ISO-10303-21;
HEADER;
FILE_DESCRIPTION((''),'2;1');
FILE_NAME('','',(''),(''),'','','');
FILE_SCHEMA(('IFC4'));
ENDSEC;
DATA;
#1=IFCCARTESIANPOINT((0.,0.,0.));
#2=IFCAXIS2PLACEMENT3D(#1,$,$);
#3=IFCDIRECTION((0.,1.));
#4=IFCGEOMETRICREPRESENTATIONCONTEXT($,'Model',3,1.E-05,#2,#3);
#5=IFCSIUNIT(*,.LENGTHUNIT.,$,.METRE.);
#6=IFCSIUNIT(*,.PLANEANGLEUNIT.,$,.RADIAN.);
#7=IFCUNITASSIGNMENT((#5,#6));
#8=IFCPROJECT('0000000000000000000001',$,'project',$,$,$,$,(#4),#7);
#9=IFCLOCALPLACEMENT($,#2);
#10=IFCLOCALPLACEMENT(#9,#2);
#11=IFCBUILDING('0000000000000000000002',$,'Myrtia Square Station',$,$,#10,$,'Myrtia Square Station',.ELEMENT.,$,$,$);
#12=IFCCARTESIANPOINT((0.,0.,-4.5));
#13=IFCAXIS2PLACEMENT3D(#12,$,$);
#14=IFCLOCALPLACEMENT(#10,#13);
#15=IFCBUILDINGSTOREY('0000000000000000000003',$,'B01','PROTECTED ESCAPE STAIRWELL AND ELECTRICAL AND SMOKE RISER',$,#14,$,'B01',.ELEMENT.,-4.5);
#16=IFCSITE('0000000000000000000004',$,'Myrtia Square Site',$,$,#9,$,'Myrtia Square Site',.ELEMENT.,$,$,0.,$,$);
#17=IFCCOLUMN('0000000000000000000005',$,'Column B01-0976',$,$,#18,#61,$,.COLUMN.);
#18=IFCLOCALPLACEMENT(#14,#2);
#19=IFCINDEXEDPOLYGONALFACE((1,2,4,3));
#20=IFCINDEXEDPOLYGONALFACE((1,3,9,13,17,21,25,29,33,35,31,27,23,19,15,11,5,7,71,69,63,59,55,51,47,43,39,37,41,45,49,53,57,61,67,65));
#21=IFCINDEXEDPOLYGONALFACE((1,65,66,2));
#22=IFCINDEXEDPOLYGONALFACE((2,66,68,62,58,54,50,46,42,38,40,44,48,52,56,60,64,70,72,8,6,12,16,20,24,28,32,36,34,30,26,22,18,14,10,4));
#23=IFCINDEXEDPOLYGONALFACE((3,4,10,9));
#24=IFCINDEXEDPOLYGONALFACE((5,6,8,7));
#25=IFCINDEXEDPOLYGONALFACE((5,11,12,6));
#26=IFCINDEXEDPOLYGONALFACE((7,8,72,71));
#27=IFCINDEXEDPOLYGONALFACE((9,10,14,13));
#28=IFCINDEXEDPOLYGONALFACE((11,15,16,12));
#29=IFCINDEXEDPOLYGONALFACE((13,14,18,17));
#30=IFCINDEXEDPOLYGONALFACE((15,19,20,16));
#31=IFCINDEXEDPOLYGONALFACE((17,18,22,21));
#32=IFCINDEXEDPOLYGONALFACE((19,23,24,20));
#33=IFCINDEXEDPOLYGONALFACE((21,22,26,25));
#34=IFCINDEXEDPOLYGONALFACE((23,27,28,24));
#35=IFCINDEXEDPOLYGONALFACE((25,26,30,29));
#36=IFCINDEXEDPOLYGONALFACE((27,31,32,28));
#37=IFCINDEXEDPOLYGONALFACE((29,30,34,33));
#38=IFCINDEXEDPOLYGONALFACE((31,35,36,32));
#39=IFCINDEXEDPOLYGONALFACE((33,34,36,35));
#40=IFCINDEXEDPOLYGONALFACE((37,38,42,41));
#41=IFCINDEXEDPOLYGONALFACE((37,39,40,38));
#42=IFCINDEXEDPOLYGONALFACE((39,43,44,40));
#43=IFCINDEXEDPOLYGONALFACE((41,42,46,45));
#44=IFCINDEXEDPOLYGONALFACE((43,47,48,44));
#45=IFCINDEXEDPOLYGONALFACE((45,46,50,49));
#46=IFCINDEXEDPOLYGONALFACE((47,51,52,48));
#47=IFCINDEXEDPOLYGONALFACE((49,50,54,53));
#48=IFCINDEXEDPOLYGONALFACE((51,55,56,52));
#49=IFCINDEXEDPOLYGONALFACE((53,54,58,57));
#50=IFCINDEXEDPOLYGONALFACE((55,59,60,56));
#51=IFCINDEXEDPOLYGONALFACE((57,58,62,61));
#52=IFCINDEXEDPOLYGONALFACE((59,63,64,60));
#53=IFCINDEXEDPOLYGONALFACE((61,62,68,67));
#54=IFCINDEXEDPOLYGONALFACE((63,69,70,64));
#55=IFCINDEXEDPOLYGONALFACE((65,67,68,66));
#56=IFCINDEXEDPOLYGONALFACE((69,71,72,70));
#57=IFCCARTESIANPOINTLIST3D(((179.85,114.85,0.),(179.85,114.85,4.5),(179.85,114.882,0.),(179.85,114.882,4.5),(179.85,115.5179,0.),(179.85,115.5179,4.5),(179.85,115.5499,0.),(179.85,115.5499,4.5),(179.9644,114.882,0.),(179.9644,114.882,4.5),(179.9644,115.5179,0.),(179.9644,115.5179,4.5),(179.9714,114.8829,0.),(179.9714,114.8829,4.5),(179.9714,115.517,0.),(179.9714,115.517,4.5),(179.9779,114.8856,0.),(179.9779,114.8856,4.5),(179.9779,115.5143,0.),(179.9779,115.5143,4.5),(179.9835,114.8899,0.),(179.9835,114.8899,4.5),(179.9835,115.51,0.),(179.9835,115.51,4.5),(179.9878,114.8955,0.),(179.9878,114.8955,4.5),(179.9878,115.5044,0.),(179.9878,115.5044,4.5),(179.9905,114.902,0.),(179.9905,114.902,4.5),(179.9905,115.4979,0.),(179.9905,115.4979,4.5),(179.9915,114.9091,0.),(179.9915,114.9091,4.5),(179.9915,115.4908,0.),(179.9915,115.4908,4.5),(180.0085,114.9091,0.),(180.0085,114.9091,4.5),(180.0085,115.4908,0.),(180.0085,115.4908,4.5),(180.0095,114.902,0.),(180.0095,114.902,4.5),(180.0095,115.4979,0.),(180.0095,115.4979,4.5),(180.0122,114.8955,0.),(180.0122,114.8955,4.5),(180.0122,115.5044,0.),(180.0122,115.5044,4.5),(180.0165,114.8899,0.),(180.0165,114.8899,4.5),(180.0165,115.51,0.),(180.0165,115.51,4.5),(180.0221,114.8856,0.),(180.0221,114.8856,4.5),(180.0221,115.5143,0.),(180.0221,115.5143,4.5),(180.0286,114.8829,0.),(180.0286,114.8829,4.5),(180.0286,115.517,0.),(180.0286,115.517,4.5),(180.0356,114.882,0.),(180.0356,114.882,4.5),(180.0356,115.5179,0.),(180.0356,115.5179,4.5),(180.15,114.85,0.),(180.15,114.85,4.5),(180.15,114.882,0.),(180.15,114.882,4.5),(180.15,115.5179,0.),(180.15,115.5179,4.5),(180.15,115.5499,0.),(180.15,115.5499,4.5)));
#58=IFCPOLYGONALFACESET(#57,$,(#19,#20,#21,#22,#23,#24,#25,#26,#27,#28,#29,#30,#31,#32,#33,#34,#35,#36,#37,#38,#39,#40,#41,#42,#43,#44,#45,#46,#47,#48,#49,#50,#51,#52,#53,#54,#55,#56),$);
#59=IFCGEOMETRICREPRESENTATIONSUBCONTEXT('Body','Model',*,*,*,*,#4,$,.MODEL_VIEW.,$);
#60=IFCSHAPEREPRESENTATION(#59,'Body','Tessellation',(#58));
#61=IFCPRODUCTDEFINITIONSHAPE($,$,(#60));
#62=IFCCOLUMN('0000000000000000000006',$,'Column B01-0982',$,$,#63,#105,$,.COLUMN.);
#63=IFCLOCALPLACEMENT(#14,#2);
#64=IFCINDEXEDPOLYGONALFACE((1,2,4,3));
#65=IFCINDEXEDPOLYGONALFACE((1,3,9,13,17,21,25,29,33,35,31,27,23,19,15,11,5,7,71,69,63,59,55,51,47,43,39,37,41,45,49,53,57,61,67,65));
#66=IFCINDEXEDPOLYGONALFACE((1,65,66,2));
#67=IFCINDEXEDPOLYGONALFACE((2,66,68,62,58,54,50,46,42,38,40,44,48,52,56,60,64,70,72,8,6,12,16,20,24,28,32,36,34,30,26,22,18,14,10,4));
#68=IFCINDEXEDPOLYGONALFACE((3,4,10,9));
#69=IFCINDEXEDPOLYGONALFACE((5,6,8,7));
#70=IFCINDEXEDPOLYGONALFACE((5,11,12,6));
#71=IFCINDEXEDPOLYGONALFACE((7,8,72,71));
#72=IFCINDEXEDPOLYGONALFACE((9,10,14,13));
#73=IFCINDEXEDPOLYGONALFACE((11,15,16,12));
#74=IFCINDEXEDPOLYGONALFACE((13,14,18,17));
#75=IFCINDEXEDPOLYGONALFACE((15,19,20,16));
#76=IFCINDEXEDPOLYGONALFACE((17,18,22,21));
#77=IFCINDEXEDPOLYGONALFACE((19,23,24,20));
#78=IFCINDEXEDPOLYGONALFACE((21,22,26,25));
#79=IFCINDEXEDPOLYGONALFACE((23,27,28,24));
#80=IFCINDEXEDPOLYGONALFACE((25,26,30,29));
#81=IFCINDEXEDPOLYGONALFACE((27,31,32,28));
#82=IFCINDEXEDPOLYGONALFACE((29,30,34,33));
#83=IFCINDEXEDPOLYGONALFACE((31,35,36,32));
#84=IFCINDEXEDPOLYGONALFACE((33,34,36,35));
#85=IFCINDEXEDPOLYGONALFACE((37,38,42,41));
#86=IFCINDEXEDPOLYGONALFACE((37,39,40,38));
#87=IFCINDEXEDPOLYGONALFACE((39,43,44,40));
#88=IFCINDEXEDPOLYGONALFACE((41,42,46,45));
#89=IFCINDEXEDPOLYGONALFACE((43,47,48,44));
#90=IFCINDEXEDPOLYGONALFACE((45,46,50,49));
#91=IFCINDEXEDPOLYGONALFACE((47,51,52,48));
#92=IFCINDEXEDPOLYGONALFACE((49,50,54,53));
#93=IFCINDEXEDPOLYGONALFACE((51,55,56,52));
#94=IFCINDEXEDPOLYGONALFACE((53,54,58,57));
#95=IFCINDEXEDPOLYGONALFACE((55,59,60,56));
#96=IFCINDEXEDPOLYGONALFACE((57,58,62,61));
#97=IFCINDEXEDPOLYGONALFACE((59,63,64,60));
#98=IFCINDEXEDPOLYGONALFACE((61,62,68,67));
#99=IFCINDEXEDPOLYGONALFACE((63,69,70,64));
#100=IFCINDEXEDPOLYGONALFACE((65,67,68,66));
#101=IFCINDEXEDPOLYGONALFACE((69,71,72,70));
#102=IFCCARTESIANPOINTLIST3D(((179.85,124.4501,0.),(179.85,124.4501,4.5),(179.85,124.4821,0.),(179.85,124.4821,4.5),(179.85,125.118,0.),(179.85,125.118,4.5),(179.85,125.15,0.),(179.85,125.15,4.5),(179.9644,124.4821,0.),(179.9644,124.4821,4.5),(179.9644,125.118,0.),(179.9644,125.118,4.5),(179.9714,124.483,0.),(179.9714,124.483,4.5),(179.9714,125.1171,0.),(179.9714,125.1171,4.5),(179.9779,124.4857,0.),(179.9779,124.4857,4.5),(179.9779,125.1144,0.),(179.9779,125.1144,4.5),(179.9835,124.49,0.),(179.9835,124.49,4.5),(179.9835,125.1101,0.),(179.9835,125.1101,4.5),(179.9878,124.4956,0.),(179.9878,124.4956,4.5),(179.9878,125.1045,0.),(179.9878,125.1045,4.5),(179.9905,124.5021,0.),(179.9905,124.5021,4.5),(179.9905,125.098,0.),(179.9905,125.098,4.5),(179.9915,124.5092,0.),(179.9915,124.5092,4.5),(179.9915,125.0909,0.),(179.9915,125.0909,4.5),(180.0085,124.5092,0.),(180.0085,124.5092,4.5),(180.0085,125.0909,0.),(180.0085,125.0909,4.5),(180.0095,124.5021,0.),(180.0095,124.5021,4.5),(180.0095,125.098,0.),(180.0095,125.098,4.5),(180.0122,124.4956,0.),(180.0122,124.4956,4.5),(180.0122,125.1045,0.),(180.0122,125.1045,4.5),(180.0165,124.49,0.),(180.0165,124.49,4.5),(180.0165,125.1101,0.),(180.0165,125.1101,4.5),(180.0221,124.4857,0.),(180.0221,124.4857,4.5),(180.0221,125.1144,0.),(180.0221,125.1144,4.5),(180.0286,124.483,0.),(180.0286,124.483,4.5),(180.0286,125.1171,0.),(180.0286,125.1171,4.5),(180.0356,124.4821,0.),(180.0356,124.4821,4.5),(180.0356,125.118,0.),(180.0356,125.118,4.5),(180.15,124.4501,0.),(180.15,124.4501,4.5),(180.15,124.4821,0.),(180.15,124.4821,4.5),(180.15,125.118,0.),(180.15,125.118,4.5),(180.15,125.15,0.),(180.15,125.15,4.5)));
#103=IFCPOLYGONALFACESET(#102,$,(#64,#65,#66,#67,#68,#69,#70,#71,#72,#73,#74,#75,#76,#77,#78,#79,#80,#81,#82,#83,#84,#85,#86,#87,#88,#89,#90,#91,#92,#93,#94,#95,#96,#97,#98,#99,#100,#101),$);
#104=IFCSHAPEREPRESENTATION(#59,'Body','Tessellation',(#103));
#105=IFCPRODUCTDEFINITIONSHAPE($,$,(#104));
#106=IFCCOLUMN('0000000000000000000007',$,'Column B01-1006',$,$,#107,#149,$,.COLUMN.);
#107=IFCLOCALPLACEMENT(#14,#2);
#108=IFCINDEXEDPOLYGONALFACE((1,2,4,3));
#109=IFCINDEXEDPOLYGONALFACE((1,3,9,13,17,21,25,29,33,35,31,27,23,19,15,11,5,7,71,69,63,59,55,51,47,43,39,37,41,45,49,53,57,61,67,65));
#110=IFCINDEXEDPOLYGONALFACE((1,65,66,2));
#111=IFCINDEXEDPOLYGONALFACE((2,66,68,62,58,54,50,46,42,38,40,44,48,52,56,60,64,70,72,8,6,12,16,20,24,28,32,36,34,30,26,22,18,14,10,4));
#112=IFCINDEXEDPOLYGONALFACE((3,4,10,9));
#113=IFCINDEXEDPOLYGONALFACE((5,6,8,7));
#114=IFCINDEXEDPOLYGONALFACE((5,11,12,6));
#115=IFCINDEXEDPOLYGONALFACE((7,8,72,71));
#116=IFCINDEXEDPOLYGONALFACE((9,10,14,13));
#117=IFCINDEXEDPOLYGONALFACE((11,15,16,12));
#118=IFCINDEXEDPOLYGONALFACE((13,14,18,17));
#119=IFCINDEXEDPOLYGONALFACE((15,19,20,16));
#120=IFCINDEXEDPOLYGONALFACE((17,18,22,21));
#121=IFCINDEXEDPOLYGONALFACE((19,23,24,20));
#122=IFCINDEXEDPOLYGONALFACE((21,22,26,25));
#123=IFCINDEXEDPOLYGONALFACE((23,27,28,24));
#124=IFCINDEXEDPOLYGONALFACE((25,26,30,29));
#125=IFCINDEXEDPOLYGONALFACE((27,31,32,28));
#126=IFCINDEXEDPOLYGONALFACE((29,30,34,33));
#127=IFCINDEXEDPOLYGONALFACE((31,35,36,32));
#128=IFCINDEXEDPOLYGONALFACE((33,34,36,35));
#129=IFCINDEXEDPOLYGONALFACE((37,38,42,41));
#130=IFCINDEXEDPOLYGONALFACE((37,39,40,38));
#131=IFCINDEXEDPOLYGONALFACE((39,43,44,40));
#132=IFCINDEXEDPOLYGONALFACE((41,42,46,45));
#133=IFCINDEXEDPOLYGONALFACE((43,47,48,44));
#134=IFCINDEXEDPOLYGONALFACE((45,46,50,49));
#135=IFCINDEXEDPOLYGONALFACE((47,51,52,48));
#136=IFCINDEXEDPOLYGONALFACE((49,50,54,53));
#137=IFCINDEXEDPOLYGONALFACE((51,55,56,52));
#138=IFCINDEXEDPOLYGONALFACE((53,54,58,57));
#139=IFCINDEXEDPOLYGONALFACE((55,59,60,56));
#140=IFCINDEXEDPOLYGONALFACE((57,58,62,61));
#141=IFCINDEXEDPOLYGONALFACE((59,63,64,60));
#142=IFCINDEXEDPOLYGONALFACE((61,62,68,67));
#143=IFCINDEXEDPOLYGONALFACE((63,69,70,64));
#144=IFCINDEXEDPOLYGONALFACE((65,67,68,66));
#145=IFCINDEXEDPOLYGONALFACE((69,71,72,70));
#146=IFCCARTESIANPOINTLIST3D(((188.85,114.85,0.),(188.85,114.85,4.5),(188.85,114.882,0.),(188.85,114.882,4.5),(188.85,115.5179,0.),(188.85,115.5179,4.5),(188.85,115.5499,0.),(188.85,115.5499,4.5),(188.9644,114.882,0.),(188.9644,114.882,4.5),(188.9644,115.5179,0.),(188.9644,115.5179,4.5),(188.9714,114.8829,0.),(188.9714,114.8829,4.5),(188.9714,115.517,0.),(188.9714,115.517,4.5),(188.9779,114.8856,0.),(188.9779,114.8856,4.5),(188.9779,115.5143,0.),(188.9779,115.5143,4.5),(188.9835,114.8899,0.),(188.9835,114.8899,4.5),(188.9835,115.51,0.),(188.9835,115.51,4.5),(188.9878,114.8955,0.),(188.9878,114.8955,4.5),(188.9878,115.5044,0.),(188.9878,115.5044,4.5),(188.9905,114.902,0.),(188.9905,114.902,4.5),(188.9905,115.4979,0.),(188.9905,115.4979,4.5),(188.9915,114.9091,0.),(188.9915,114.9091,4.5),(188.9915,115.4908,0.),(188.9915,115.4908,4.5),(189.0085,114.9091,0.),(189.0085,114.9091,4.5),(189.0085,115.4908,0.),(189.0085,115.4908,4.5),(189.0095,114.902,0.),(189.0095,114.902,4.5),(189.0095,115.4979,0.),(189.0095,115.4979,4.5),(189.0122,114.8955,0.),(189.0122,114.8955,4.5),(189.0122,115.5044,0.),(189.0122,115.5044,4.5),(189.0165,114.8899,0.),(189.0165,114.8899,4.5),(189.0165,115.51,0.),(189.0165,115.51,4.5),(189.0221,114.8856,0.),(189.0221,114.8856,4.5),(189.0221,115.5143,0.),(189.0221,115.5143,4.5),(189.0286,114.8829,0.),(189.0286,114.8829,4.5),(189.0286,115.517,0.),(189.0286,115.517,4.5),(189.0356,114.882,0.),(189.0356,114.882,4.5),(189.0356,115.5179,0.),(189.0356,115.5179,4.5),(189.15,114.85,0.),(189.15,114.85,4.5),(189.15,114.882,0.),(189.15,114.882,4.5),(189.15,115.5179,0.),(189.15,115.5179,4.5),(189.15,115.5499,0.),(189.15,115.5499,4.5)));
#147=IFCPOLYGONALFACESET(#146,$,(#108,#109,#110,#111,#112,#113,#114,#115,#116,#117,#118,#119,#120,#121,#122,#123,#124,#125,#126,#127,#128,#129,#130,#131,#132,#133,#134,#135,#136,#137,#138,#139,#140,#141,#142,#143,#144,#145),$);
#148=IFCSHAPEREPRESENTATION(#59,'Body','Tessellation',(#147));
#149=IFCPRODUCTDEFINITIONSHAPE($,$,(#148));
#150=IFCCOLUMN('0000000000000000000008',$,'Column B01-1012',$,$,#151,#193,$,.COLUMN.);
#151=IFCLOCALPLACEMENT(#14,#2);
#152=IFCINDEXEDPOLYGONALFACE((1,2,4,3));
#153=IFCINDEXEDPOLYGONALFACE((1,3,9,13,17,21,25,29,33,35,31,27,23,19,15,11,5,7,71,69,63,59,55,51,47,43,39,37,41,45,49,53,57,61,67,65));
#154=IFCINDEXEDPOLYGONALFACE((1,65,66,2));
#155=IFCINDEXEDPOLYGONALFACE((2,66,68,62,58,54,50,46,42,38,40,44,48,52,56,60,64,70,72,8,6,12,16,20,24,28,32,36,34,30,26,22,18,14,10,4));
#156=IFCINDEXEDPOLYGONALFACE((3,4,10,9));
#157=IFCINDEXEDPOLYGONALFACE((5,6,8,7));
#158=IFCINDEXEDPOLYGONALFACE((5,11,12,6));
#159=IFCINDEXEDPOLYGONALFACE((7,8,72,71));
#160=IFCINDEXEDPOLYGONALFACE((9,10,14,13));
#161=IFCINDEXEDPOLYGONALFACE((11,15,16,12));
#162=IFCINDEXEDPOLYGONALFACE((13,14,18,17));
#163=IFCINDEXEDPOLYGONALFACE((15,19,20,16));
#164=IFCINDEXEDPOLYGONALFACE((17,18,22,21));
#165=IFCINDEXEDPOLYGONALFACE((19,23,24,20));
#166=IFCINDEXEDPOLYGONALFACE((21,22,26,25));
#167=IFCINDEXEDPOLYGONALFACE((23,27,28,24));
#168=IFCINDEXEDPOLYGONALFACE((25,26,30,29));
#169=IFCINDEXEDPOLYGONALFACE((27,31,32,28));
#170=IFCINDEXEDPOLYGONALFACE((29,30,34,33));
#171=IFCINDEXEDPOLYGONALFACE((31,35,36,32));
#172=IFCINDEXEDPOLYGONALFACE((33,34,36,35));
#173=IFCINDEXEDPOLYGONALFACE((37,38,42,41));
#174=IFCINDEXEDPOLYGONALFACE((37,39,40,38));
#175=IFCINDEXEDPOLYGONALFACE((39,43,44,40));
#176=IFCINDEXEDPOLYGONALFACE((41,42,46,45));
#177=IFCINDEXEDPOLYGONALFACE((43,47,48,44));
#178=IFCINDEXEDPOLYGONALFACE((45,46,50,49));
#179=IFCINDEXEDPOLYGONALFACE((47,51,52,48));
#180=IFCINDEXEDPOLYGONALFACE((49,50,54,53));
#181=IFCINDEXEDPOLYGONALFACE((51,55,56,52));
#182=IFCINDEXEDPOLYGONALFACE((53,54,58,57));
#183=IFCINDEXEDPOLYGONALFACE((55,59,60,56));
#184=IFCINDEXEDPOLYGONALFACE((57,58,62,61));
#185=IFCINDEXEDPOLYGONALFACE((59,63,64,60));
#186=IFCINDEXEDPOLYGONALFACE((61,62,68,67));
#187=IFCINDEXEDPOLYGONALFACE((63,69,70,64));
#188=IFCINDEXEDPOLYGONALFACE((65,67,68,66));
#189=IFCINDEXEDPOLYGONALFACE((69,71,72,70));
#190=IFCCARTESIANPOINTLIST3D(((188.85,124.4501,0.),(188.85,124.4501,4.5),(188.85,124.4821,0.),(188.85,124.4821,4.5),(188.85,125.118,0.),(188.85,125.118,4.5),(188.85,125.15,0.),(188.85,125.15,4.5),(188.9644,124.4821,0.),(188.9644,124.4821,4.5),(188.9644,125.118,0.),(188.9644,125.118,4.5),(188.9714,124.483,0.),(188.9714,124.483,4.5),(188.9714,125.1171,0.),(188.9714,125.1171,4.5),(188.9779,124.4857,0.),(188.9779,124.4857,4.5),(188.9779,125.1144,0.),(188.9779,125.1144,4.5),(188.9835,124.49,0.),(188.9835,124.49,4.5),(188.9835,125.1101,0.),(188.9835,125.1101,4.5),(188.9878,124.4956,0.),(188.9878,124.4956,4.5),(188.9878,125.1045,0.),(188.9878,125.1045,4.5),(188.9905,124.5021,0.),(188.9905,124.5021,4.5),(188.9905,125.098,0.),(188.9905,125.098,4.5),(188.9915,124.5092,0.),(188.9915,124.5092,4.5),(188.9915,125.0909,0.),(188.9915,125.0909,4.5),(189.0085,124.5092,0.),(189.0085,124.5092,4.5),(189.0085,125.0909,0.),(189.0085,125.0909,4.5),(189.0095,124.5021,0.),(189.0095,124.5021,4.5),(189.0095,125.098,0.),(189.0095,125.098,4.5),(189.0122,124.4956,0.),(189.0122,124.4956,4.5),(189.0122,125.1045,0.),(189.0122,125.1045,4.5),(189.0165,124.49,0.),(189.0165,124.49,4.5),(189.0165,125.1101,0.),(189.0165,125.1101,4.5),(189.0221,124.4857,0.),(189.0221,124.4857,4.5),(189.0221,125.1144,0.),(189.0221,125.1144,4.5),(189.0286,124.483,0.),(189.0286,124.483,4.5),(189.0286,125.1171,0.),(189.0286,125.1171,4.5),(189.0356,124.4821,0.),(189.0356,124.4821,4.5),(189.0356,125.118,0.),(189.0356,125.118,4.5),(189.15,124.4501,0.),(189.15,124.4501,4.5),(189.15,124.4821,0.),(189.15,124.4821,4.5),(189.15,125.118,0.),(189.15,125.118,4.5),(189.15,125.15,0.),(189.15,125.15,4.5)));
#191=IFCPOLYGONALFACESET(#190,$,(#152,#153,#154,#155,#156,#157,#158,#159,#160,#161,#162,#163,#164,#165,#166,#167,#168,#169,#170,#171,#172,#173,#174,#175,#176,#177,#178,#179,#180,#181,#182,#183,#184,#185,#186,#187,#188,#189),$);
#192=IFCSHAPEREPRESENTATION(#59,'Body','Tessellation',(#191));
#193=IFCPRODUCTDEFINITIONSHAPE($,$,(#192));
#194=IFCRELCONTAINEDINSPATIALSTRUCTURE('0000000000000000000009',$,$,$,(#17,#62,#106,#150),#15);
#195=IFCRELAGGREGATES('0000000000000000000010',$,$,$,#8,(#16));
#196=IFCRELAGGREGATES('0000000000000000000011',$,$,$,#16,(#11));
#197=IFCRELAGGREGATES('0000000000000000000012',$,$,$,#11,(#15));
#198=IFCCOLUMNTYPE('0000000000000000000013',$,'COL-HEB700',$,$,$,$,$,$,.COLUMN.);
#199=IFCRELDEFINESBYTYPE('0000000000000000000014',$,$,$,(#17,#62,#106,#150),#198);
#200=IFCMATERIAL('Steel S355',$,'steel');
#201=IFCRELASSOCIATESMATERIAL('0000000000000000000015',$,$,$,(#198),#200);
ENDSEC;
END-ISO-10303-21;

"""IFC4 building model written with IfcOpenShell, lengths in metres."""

from ifc_helpers import new_model, si_unit, direction, frame, origin, origin_2d, place, context, subcontext, project, spatial, i_section, extrude, material, material_profile, profile_set, type_object, element, save


model = new_model("IFC4")

# Units and contexts
model_context = context("Model", 3, precision=1e-05, world=origin(), true_north=direction((0.0, 1.0)))
body_context = subcontext(model_context, "Body", "Model", "MODEL_VIEW")
ifc_project = project(units=[si_unit("LENGTHUNIT", "METRE"), si_unit("PLANEANGLEUNIT", "RADIAN")], contexts=[model_context])

# Site, building, storey
site_placement = place(None, origin())
site = spatial("IfcSite", under=ifc_project, at=site_placement, Name="Myrtia Square Site", LongName="Myrtia Square Site", CompositionType="ELEMENT", RefElevation=0.0)
building_placement = place(site_placement, origin())
building = spatial("IfcBuilding", under=site, at=building_placement, Name="Myrtia Square Station", LongName="Myrtia Square Station", CompositionType="ELEMENT")
storey_placement = place(building_placement, frame((0.0, 0.0, -4.5)))
storey = spatial("IfcBuildingStorey", under=building, at=storey_placement, Name="B01", Description="PROTECTED ESCAPE STAIRWELL AND ELECTRICAL AND SMOKE RISER", LongName="B01", CompositionType="ELEMENT", Elevation=-4.5)

# Columns
ifc_material_1 = material(Name="Steel S355", Category="steel")
ifc_material_profile_1 = material_profile(ifc_material_1, i_section(OverallWidth=0.3, OverallDepth=0.7, WebThickness=0.0171, FlangeThickness=0.032, FilletRadius=0.0271, at=origin_2d()), Name="HEB 700")
ifc_profile_set_1 = profile_set([ifc_material_profile_1], Name="Steel S355")
column_type = type_object("IfcColumnType", Name="COL-HEB700", PredefinedType="COLUMN", material=ifc_profile_set_1)
for number, where, z_axis, x_axis, name in (
    (1, (180.0, 115.2, 0.0), (0.0, 0.0, 1.0), (1.0, 0.0, 0.0), "Column B01-0976"),
    (2, (180.0, 124.8, 0.0), (0.0, 0.0, 1.0), (1.0, 0.0, 0.0), "Column B01-0982"),
    (3, (189.0, 115.2, 0.0), (0.0, 0.0, 1.0), (1.0, 0.0, 0.0), "Column B01-1006"),
    (4, (189.0, 124.8, 0.0), (0.0, 0.0, 1.0), (1.0, 0.0, 0.0), "Column B01-1012"),
):
    element("IfcColumn", number, at=place(storey_placement, frame(where, z_axis=z_axis, x_axis=x_axis)), inside=storey, type_object=column_type, Name=name, PredefinedType="COLUMN", context=body_context, shape_type="SweptSolid", body=[
        extrude(i_section(OverallWidth=0.3, OverallDepth=0.7, WebThickness=0.0171, FlangeThickness=0.032, FilletRadius=0.0271, at=origin_2d()), origin(), (0.0, 0.0, 1.0), 4.5),
    ])

save(model, "model.ifc")
